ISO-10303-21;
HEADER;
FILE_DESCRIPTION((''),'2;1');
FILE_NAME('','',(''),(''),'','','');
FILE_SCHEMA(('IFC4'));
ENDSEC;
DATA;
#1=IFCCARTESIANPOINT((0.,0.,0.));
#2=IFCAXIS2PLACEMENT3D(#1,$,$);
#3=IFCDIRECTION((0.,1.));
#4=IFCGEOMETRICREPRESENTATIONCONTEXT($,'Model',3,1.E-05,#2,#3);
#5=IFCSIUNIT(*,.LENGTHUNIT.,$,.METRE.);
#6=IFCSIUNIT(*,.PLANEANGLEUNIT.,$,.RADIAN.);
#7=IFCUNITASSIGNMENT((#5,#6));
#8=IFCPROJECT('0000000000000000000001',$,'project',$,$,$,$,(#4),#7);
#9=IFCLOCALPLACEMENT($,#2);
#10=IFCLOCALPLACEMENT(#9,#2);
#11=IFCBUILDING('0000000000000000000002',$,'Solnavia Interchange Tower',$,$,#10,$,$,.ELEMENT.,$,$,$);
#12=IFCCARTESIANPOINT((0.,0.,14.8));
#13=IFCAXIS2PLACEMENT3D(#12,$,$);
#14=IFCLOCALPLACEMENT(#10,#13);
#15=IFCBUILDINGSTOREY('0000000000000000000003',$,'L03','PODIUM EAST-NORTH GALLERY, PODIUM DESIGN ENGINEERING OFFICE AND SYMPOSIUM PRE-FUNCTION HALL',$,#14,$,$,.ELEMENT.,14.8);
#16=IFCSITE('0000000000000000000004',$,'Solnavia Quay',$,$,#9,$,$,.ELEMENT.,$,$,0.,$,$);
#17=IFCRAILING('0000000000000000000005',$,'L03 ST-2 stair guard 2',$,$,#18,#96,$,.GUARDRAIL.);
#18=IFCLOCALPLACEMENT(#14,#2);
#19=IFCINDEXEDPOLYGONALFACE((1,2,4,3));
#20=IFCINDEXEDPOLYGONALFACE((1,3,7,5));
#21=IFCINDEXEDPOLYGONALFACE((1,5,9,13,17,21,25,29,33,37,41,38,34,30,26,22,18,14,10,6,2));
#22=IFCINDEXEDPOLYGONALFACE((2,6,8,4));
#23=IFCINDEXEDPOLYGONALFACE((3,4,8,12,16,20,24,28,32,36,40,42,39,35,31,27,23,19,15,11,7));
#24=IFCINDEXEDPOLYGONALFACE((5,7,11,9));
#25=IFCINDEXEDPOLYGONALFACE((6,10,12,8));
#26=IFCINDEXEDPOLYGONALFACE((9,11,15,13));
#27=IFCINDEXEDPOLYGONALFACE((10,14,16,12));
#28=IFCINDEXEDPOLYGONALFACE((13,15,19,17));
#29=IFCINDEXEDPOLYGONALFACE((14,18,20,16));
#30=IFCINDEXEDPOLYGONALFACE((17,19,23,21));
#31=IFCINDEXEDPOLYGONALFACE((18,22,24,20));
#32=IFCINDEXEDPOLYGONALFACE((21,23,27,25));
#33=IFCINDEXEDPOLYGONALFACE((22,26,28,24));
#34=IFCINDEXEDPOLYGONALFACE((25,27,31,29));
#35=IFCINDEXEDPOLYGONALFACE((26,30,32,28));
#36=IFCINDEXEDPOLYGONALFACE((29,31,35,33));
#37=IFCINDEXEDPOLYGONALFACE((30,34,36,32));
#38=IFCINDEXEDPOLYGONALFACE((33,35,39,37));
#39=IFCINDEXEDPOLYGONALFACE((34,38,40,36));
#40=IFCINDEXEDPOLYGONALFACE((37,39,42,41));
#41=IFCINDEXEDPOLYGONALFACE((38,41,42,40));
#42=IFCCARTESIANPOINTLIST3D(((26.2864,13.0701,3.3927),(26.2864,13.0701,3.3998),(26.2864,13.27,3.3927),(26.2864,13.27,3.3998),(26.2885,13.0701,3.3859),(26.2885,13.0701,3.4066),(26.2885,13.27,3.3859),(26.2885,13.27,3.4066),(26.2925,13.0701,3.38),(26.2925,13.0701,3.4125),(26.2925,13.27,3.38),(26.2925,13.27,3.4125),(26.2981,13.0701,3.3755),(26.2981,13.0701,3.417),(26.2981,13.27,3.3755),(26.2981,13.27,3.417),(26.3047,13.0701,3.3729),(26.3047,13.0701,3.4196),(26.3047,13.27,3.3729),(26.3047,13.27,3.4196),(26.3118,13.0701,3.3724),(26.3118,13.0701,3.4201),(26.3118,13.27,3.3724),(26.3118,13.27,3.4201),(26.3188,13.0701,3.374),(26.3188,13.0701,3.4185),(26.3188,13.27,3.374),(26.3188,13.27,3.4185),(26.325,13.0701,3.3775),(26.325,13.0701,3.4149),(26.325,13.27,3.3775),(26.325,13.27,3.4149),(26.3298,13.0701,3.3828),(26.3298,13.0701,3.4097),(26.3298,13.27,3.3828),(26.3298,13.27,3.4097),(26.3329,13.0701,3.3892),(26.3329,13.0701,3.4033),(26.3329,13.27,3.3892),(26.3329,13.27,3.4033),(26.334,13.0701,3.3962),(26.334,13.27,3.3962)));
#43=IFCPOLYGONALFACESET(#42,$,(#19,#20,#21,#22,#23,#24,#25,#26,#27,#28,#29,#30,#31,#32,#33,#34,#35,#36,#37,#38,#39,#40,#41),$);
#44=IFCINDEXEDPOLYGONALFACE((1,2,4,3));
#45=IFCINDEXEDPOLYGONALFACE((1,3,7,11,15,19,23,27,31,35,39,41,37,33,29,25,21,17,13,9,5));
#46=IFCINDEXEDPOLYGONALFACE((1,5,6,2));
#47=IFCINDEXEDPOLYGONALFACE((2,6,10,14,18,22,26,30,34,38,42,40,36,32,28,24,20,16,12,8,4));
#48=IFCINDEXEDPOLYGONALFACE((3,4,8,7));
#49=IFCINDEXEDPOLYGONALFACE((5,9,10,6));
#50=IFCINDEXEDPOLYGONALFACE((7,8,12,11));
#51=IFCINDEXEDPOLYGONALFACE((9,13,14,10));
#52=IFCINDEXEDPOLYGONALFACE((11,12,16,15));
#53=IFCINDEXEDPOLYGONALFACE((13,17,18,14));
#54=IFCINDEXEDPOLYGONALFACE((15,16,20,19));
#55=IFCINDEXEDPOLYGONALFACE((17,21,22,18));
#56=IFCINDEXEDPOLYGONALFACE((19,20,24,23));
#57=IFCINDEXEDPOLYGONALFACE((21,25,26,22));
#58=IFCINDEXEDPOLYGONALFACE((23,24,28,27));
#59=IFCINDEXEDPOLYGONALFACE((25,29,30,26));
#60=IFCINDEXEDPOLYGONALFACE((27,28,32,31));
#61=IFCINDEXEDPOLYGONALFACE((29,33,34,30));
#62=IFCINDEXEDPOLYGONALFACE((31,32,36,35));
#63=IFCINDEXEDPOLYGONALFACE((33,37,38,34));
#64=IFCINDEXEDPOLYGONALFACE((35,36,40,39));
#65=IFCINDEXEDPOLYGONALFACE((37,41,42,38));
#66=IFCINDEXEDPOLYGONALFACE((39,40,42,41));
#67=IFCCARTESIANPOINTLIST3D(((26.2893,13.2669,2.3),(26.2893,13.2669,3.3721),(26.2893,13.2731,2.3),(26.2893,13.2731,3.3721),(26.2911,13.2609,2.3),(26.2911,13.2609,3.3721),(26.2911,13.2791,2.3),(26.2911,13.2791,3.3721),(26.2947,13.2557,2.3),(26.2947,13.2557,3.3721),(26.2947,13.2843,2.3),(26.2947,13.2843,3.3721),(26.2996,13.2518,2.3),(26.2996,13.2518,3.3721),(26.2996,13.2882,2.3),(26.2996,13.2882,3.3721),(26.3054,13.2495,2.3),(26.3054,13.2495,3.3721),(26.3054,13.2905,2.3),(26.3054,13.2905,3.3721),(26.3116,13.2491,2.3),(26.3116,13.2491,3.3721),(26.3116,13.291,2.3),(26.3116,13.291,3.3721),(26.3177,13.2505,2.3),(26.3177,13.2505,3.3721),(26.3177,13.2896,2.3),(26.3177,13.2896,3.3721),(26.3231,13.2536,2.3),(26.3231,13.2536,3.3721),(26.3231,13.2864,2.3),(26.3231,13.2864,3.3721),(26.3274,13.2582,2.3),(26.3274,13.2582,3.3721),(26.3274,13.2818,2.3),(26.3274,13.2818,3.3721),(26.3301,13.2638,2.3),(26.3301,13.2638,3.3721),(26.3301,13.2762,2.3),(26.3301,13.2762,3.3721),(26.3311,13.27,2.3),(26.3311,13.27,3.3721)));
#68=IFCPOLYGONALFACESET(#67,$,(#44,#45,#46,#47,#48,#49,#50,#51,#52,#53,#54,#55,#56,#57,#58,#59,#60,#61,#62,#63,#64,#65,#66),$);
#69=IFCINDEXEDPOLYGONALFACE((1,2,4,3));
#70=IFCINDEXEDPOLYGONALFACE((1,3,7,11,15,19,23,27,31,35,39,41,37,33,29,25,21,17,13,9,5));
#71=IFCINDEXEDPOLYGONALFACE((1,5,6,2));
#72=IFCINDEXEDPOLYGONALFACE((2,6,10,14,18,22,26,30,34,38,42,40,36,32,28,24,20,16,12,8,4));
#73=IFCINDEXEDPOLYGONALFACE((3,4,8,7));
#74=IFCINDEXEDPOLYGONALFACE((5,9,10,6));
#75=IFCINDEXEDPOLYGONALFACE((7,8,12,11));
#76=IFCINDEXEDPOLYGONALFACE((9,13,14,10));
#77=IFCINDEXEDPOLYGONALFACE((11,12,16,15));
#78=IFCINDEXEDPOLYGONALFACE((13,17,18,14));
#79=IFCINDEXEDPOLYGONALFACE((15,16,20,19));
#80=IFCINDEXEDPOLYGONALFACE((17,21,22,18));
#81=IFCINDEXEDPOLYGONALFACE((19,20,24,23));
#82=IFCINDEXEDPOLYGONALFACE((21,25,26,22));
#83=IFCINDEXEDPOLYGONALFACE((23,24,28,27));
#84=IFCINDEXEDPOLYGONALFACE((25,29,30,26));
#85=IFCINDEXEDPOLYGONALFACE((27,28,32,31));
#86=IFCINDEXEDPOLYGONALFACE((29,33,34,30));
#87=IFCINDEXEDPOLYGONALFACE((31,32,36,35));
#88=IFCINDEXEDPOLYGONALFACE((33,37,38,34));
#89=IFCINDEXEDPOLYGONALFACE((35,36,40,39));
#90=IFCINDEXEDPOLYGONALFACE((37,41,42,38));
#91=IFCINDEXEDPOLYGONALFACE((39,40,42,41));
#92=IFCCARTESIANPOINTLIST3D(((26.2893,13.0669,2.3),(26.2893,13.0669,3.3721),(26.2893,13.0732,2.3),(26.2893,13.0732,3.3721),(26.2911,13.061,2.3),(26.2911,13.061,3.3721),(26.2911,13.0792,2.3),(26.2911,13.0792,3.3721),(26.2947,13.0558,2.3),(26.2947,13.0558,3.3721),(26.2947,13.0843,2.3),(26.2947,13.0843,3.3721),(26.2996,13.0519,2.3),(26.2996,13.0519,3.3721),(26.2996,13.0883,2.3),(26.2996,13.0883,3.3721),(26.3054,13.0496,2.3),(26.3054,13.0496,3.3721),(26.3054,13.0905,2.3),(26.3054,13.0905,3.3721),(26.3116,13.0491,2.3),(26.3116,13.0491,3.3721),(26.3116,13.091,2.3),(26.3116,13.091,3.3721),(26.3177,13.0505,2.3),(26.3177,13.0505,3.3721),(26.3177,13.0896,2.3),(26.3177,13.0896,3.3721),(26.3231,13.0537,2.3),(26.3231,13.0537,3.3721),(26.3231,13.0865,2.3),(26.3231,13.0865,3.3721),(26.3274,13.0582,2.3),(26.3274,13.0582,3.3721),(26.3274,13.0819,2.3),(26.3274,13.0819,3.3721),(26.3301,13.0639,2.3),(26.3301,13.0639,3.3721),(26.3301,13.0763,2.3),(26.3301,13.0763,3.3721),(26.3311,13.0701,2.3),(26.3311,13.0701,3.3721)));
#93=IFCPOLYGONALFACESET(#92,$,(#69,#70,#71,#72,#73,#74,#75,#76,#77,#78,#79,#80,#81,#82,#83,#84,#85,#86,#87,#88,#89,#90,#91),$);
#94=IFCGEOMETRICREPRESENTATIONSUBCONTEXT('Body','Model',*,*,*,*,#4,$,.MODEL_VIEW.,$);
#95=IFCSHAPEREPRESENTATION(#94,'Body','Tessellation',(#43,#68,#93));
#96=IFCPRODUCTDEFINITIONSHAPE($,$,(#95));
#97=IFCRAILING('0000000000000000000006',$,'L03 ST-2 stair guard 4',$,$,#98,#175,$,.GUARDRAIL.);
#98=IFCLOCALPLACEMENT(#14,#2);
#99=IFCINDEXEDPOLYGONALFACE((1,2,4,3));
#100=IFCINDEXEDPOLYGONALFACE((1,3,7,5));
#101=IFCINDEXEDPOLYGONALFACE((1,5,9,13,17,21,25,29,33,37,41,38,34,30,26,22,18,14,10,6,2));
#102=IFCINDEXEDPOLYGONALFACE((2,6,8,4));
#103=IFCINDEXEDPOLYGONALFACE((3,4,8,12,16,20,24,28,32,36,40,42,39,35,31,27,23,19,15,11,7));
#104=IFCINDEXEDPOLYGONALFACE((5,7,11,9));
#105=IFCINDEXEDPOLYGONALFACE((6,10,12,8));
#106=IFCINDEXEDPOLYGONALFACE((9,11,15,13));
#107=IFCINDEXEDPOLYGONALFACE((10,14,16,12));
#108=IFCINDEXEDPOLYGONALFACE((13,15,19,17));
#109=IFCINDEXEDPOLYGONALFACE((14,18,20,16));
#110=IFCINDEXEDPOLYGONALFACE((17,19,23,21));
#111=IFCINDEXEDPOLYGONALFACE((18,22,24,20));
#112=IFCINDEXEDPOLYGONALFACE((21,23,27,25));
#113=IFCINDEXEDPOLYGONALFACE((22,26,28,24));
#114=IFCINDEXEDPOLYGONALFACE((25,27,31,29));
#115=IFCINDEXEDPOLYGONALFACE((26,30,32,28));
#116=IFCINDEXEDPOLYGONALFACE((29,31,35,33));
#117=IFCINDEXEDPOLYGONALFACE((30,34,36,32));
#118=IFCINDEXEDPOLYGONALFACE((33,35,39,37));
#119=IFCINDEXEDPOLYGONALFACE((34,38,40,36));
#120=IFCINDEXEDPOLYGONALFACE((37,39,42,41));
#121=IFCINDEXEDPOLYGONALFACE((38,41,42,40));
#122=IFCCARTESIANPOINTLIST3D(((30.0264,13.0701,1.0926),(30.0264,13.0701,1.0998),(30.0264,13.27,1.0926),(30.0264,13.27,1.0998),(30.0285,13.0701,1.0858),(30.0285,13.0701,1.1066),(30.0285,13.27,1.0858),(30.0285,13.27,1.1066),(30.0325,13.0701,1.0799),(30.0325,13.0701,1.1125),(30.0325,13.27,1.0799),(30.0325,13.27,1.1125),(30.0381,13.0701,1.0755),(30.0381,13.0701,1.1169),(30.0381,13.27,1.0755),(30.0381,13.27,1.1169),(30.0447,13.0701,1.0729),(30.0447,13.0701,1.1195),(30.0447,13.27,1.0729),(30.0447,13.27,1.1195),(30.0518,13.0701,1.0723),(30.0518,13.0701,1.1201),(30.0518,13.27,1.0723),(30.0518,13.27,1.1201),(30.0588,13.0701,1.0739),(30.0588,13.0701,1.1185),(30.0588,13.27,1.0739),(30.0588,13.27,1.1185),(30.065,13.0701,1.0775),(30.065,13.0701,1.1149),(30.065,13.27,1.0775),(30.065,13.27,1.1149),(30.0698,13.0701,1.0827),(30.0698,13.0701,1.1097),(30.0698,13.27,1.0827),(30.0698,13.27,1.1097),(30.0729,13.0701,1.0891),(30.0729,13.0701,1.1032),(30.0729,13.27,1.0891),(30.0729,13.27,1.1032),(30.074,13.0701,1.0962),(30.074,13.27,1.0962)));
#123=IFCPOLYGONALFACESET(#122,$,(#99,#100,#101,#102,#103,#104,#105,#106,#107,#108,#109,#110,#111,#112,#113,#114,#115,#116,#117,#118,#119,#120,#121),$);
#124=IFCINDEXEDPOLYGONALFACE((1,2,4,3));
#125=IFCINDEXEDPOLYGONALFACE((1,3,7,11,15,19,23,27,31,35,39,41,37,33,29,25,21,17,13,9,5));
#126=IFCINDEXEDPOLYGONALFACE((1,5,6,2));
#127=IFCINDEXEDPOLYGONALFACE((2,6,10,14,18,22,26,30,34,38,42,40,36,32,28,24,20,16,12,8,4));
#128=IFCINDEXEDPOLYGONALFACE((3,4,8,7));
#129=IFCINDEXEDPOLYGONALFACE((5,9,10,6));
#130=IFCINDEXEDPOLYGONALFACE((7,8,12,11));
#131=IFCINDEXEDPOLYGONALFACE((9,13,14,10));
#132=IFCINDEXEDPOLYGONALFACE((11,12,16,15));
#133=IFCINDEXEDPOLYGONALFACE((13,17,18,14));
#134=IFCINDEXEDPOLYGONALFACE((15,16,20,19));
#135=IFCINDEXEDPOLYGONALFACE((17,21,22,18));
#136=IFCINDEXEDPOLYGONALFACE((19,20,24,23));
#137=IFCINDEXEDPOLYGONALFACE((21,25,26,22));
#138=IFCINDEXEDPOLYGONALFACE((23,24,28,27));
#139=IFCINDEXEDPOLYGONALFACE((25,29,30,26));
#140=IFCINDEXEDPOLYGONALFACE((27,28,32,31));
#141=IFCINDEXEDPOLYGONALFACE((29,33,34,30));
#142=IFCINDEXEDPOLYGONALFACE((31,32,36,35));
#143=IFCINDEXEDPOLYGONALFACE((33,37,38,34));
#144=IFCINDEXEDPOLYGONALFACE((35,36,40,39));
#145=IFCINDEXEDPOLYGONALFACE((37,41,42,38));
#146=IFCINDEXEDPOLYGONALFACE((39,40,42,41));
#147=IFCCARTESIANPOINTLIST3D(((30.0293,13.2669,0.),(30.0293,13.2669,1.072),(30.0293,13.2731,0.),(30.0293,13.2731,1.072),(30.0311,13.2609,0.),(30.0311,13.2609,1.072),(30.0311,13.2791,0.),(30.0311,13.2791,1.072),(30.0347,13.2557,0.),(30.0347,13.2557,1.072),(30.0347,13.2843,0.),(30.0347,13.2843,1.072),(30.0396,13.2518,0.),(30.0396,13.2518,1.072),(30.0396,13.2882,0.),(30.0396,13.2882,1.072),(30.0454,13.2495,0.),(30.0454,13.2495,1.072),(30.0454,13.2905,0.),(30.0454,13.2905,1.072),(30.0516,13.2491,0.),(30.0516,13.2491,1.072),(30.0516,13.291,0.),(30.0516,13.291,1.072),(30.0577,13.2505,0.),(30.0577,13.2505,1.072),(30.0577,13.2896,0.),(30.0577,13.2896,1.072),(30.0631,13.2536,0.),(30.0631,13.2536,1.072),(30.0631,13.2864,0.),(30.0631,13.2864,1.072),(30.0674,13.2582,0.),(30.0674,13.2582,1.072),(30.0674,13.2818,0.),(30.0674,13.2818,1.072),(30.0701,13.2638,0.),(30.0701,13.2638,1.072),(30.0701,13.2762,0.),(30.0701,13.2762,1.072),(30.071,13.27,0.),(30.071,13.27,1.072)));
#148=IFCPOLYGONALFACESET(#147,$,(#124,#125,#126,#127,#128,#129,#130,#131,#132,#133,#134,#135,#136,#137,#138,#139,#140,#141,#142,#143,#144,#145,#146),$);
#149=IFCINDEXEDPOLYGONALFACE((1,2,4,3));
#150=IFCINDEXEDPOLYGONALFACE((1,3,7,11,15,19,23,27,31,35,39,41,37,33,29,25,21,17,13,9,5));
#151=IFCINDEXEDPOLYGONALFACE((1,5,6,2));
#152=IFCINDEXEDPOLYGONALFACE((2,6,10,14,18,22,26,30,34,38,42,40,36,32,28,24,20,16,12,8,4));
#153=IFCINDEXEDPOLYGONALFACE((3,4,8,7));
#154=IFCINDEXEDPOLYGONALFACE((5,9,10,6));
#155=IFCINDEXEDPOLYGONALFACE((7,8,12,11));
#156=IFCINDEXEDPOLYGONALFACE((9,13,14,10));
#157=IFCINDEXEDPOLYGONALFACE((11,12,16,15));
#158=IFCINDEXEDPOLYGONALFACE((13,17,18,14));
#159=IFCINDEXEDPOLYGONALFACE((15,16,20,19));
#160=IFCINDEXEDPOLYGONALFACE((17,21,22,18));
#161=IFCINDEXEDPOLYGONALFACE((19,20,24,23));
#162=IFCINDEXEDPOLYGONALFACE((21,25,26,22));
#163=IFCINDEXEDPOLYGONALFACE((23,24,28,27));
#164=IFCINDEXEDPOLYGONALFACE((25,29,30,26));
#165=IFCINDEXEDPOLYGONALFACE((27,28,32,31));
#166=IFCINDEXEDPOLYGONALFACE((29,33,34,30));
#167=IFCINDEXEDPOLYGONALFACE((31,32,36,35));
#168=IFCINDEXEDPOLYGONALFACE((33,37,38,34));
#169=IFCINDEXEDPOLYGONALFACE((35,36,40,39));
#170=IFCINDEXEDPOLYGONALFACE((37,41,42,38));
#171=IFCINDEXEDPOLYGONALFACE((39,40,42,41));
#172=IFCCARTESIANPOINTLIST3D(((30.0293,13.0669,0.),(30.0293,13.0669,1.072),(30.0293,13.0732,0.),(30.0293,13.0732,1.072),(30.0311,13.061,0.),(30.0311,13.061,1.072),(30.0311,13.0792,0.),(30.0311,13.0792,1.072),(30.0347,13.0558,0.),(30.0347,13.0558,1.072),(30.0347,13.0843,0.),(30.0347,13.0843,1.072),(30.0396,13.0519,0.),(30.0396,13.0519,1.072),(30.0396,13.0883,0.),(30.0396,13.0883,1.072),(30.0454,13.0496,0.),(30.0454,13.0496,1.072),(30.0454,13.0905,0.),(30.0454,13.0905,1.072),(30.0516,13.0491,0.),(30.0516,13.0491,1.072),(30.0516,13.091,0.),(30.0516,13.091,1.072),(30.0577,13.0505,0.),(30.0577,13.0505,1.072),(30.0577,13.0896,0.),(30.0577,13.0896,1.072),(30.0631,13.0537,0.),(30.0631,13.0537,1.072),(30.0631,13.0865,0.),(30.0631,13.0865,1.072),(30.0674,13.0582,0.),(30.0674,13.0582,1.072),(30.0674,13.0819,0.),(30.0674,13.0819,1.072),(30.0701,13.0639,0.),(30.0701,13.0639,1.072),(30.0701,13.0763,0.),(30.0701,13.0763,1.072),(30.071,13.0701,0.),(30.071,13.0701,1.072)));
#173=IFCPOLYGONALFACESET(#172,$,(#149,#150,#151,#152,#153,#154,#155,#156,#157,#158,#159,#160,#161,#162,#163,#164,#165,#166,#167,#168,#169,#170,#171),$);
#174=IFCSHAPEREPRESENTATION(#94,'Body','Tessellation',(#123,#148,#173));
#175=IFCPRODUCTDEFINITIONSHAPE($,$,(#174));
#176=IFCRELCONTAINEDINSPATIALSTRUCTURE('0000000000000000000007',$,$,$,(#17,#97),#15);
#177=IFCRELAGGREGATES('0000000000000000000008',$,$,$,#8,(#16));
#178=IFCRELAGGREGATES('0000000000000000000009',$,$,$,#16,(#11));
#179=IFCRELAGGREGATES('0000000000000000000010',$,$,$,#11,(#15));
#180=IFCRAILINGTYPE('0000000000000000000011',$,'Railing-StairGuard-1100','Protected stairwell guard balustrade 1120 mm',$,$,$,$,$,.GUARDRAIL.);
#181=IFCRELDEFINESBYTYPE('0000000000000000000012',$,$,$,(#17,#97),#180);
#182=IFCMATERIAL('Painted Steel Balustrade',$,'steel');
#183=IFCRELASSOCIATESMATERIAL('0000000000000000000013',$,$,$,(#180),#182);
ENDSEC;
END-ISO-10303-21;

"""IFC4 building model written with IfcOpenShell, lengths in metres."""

from ifc_helpers import new_model, si_unit, direction, frame, origin, origin_2d, place, context, subcontext, project, spatial, circle, extrude, material, type_object, element, save


model = new_model("IFC4")

# Units and contexts
model_context = context("Model", 3, precision=1e-05, world=origin(), true_north=direction((0.0, 1.0)))
body_context = subcontext(model_context, "Body", "Model", "MODEL_VIEW")
ifc_project = project(units=[si_unit("LENGTHUNIT", "METRE"), si_unit("PLANEANGLEUNIT", "RADIAN")], contexts=[model_context])

# Site, building, storey
site_placement = place(None, origin())
site = spatial("IfcSite", under=ifc_project, at=site_placement, Name="Solnavia Quay", CompositionType="ELEMENT", RefElevation=0.0)
building_placement = place(site_placement, origin())
building = spatial("IfcBuilding", under=site, at=building_placement, Name="Solnavia Interchange Tower", CompositionType="ELEMENT")
storey_placement = place(building_placement, frame((0.0, 0.0, 14.8)))
storey = spatial("IfcBuildingStorey", under=building, at=storey_placement, Name="L03", Description="PODIUM EAST-NORTH GALLERY, PODIUM DESIGN ENGINEERING OFFICE AND SYMPOSIUM PRE-FUNCTION HALL", CompositionType="ELEMENT", Elevation=14.8)

# Railings
ifc_material_1 = material(Name="Painted Steel Balustrade", Category="steel")
railing_type_1 = type_object("IfcRailingType", Name="Railing-StairGuard-1100", Description="Protected stairwell guard balustrade 1120 mm", PredefinedType="GUARDRAIL", material=ifc_material_1)
for number, where, name in (
    (1, (26.3101, 13.27, 2.3), "L03 ST-2 stair guard 2"),
    (2, (30.05, 13.27, 0.0), "L03 ST-2 stair guard 4"),
):
    element("IfcRailing", number, at=place(storey_placement, frame(where)), inside=storey, type_object=railing_type_1, Name=name, PredefinedType="GUARDRAIL", context=body_context, shape_type="SweptSolid", body=[
        extrude(circle(Radius=0.0239, at=origin_2d()), frame((0.0, 0.0, 1.0962), z_axis=(0.0, -1.0, 0.0), x_axis=(1.0, 0.0, 0.0)), (0.0, 0.0, 1.0), 0.2),
        extrude(circle(Radius=0.021, at=origin_2d()), origin(), (0.0, 0.0, 1.0), 1.072),
        extrude(circle(Radius=0.021, at=origin_2d()), frame((0.0, -0.2, 0.0)), (0.0, 0.0, 1.0), 1.072),
    ])

save(model, "model.ifc")
